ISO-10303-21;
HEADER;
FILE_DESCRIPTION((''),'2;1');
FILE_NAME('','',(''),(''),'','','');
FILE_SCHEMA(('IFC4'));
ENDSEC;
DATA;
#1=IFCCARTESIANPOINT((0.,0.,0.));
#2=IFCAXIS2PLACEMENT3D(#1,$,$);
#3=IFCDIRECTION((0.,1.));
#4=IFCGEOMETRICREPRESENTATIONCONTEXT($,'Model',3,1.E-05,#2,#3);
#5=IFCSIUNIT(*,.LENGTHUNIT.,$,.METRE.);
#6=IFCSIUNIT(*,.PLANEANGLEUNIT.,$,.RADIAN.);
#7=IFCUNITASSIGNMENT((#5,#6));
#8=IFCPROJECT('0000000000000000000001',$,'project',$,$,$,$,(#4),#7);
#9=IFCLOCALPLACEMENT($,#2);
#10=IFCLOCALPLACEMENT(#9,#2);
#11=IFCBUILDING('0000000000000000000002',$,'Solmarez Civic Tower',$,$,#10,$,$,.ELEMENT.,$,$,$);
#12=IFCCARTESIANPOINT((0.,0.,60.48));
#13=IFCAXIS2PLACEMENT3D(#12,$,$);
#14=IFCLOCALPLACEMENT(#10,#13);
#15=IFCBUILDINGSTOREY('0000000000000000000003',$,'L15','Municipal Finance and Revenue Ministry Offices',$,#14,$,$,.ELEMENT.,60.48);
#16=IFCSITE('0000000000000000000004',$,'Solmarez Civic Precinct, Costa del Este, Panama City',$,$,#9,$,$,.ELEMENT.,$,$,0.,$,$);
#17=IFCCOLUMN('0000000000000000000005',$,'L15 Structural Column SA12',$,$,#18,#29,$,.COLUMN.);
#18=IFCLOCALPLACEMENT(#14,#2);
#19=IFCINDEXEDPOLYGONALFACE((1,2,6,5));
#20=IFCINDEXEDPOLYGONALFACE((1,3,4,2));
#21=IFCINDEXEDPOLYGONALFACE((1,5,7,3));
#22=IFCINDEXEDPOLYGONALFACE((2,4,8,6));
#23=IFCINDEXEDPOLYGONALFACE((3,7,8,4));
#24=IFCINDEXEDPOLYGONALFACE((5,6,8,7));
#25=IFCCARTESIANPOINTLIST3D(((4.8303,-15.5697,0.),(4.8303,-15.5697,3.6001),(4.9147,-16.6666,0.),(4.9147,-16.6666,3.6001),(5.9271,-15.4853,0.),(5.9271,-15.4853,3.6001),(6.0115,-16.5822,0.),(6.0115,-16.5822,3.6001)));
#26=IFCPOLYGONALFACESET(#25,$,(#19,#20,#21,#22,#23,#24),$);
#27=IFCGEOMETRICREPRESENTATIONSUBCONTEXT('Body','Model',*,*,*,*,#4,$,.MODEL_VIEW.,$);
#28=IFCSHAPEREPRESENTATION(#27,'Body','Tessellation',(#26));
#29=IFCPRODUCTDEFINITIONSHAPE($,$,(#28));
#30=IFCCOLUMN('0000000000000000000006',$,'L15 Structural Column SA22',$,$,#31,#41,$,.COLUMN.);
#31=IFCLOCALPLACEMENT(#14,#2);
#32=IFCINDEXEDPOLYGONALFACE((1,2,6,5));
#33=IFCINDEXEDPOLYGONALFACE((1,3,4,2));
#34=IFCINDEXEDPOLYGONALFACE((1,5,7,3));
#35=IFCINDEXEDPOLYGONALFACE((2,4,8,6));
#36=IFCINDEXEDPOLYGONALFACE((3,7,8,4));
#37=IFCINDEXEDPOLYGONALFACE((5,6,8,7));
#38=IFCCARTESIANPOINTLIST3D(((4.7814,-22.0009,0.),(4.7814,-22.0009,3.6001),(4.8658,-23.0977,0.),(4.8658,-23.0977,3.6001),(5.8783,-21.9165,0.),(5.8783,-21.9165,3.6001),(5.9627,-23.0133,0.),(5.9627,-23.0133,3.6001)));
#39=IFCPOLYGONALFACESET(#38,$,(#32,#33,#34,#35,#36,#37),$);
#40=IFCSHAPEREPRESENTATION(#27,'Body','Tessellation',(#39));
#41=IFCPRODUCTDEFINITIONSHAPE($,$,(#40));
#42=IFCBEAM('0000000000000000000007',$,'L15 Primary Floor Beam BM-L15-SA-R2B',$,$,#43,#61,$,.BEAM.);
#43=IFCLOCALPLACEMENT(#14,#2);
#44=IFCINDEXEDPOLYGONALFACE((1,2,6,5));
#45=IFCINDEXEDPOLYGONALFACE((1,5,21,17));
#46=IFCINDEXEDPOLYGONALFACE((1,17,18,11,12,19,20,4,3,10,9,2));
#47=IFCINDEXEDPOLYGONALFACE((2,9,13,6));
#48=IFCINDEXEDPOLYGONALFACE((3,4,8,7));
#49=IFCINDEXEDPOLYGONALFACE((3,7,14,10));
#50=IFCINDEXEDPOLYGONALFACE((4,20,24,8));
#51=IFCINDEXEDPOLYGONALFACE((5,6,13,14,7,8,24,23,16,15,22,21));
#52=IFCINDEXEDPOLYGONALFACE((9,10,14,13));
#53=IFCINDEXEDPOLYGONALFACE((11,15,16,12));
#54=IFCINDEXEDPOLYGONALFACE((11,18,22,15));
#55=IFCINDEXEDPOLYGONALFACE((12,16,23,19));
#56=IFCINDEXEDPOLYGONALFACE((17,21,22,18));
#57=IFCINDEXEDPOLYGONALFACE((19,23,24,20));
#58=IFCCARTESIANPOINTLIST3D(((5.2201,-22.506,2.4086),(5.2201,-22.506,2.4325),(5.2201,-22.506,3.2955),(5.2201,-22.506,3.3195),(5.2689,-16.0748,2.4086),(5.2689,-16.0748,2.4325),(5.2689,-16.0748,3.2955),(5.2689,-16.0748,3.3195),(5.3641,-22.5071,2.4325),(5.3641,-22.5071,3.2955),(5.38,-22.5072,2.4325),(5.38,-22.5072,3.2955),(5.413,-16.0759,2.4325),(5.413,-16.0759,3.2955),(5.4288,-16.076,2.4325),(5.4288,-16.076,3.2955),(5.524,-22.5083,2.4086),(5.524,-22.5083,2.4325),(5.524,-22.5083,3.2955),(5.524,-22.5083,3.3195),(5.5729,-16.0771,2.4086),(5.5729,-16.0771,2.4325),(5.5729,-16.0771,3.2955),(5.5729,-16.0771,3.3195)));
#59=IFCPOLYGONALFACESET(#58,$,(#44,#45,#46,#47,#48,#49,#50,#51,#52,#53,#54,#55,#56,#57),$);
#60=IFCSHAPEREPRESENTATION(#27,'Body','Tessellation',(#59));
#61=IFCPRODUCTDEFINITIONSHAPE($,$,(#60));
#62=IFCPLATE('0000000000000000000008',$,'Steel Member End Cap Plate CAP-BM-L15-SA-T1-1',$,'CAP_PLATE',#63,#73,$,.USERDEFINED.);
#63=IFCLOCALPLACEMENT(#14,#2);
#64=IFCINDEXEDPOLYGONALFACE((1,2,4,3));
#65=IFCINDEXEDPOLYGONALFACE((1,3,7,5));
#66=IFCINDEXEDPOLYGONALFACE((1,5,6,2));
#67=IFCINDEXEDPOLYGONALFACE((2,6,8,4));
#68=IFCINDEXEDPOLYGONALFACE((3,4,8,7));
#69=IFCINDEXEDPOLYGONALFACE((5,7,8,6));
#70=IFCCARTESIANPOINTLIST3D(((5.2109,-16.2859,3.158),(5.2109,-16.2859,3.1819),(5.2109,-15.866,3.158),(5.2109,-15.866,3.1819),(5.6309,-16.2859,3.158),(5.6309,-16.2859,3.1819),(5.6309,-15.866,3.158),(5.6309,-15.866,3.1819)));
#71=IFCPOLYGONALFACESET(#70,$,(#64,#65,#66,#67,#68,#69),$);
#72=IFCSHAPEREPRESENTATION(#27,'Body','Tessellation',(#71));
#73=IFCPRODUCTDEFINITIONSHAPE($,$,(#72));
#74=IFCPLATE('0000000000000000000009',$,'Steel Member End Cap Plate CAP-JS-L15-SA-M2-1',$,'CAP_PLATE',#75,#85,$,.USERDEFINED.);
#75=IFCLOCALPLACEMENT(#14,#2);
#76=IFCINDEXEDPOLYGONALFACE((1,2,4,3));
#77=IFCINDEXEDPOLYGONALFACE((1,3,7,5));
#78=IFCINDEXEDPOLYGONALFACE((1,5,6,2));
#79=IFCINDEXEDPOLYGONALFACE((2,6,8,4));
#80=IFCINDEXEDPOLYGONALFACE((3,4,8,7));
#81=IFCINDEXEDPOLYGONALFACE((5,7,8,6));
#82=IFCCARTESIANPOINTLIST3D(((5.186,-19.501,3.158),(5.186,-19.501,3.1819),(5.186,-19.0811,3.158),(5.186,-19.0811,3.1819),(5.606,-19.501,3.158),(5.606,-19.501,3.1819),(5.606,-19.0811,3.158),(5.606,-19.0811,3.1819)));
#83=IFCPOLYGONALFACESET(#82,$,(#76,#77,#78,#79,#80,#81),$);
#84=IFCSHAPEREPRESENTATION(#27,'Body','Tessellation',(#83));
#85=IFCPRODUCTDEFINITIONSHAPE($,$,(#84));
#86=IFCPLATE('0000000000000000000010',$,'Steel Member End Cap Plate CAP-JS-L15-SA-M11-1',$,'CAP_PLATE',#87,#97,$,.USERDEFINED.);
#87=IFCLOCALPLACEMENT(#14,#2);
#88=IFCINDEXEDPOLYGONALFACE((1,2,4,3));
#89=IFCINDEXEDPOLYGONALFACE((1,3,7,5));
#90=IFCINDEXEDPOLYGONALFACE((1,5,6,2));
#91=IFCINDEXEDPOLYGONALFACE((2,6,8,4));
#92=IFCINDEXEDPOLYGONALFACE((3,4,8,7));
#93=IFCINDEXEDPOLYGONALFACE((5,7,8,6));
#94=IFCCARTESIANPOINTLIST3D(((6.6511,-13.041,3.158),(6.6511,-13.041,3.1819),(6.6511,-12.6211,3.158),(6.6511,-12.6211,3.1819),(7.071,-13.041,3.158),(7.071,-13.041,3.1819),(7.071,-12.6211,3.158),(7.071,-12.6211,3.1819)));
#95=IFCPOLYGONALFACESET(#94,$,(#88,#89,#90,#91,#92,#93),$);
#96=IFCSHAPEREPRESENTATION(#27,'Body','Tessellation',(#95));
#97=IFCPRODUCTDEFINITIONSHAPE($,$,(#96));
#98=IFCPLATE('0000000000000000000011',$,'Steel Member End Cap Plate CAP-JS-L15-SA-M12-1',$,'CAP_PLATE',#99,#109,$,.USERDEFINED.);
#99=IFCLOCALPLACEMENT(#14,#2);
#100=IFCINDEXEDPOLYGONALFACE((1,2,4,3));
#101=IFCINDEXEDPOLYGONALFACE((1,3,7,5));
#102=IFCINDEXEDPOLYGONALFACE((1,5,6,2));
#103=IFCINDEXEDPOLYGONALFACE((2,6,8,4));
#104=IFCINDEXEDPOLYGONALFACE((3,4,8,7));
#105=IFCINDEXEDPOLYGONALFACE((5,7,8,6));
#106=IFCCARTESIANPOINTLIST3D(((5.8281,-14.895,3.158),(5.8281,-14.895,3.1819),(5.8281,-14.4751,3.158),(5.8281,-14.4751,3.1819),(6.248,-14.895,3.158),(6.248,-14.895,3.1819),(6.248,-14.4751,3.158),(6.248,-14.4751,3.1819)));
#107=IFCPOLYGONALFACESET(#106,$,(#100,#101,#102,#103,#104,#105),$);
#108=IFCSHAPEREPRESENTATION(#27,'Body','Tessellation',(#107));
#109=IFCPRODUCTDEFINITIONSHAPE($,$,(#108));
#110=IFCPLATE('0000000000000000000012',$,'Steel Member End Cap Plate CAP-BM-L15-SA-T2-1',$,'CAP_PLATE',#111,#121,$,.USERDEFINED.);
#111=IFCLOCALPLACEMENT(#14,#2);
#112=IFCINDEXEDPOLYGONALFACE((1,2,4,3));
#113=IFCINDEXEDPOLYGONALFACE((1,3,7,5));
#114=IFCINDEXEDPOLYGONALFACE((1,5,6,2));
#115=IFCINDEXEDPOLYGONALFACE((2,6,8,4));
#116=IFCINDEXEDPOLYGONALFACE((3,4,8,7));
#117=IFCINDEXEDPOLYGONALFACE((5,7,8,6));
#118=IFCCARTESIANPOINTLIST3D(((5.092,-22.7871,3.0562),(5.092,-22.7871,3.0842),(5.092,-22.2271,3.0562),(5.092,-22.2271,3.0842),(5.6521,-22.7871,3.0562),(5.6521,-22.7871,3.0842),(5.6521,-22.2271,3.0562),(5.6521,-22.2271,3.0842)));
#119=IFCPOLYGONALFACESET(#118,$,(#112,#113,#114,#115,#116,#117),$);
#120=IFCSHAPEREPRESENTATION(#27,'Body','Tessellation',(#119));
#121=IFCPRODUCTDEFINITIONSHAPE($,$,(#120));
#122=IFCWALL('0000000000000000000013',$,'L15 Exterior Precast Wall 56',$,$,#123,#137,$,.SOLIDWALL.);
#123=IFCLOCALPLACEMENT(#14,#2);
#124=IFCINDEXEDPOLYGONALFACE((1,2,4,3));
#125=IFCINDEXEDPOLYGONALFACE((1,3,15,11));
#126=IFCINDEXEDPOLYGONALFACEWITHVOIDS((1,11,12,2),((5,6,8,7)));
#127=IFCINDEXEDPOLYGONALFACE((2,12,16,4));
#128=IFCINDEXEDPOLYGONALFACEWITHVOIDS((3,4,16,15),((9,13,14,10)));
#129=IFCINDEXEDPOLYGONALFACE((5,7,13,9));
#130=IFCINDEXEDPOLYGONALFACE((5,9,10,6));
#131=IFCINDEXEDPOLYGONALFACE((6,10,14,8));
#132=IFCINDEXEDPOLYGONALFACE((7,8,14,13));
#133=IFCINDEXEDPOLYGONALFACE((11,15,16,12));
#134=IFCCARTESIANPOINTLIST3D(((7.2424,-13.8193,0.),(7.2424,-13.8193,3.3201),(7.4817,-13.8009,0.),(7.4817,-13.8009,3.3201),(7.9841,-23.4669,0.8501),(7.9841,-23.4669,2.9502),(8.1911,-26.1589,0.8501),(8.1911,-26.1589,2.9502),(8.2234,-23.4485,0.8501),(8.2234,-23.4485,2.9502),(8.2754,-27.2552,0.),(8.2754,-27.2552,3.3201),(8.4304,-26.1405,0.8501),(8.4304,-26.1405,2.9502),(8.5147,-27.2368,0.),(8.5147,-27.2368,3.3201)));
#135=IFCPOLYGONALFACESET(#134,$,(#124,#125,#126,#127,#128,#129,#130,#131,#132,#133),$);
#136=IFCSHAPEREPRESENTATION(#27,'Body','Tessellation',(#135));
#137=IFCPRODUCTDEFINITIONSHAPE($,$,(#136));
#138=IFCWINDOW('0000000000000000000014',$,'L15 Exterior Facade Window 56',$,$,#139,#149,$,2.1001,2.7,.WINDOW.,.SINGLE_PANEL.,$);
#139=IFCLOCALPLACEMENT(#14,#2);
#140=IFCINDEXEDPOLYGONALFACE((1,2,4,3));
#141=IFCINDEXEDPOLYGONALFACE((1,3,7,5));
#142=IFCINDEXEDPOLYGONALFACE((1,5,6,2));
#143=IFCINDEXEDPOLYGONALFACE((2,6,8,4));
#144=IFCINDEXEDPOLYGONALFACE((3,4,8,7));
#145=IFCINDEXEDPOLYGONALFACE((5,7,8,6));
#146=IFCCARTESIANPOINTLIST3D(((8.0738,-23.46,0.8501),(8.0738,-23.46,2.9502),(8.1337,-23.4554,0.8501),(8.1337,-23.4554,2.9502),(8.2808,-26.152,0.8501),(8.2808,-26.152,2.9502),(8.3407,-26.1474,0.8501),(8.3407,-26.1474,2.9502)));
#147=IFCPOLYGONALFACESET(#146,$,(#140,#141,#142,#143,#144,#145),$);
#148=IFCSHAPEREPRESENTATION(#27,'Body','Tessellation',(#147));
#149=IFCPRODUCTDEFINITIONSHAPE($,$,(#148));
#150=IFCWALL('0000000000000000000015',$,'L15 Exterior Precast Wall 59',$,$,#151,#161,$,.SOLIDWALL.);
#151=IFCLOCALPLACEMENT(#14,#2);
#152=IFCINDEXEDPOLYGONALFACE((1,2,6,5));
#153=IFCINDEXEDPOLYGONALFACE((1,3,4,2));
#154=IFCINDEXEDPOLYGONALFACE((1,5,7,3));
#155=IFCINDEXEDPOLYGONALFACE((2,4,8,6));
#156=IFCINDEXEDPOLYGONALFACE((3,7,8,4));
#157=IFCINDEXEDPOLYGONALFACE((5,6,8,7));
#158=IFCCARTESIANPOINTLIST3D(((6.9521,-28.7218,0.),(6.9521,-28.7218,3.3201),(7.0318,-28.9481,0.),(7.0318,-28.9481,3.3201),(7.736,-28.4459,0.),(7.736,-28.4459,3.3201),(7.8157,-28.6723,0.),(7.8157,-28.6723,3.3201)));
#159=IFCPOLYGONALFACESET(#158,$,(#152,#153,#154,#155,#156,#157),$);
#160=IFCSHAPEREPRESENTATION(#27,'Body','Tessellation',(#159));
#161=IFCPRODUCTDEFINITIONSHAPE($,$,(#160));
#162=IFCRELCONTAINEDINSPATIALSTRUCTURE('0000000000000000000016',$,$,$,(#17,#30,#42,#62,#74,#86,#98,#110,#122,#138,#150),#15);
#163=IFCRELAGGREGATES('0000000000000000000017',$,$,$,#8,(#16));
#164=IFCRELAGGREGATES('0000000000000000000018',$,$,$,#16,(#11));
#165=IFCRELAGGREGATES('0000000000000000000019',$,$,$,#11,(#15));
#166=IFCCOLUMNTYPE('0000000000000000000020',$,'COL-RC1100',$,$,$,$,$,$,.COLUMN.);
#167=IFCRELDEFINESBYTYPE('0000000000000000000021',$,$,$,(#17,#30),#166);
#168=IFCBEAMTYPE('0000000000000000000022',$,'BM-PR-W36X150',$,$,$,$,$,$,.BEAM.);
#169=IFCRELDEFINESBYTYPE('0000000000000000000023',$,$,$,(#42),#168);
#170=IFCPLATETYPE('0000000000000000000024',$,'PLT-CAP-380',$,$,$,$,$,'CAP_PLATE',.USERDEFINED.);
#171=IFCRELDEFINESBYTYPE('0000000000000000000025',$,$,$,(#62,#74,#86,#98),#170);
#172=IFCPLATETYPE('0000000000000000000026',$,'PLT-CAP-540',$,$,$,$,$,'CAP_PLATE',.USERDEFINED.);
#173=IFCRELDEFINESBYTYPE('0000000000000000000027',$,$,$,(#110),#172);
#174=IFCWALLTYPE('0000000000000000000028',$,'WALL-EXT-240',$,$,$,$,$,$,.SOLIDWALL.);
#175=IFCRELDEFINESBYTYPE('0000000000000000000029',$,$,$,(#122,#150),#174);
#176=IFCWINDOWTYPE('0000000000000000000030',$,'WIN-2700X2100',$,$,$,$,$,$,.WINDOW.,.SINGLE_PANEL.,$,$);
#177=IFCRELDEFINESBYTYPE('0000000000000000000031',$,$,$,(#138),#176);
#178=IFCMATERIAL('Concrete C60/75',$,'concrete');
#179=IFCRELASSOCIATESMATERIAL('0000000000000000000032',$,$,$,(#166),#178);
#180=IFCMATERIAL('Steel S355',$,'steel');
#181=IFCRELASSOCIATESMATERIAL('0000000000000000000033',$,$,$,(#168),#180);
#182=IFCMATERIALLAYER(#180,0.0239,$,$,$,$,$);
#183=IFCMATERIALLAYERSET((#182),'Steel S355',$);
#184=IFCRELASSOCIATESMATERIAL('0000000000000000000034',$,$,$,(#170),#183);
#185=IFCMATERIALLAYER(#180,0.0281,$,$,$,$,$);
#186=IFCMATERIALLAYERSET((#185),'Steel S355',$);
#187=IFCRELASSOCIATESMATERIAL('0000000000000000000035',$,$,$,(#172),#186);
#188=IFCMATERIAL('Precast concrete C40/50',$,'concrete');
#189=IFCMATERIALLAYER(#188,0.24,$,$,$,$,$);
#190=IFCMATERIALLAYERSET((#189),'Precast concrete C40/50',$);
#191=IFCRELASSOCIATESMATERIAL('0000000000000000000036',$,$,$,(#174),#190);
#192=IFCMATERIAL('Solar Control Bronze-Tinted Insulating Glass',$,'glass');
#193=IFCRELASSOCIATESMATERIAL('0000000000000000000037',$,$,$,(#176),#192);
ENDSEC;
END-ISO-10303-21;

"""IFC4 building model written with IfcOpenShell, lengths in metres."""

from ifc_helpers import new_model, si_unit, direction, frame, frame_2d, origin, origin_2d, place, context, subcontext, project, spatial, rectangle, i_section, extrude, material, layer, layer_set, material_profile, profile_set, type_object, element, fill, save


model = new_model("IFC4")

# Units and contexts
model_context = context("Model", 3, precision=1e-05, world=origin(), true_north=direction((0.0, 1.0)))
body_context = subcontext(model_context, "Body", "Model", "MODEL_VIEW")
ifc_project = project(units=[si_unit("LENGTHUNIT", "METRE"), si_unit("PLANEANGLEUNIT", "RADIAN")], contexts=[model_context])

# Site, building, storey
site_placement = place(None, origin())
site = spatial("IfcSite", under=ifc_project, at=site_placement, Name="Solmarez Civic Precinct, Costa del Este, Panama City", CompositionType="ELEMENT", RefElevation=0.0)
building_placement = place(site_placement, origin())
building = spatial("IfcBuilding", under=site, at=building_placement, Name="Solmarez Civic Tower", CompositionType="ELEMENT")
storey_placement = place(building_placement, frame((0.0, 0.0, 60.48)))
storey = spatial("IfcBuildingStorey", under=building, at=storey_placement, Name="L15", Description="Municipal Finance and Revenue Ministry Offices", CompositionType="ELEMENT", Elevation=60.48)

# Columns
ifc_material_1 = material(Name="Concrete C60/75", Category="concrete")
ifc_material_profile_1 = material_profile(ifc_material_1, rectangle(XDim=1.1001, YDim=1.1001, at=origin_2d()), Name="RC1100X1100")
ifc_profile_set_1 = profile_set([ifc_material_profile_1], Name="Concrete C60/75")
column_type = type_object("IfcColumnType", Name="COL-RC1100", PredefinedType="COLUMN", material=ifc_profile_set_1)
for number, where, z_axis, x_axis, name in (
    (1, (5.4209, -16.0759, 0.0), (0.0, 0.0, 1.0), (0.997053, 0.076719, 0.0), "L15 Structural Column SA12"),
    (2, (5.3721, -22.5071, 0.0), (0.0, 0.0, 1.0), (0.997053, 0.076719, 0.0), "L15 Structural Column SA22"),
):
    element("IfcColumn", number, at=place(storey_placement, frame(where, z_axis=z_axis, x_axis=x_axis)), inside=storey, type_object=column_type, Name=name, PredefinedType="COLUMN", context=body_context, shape_type="SweptSolid", body=[
        extrude(rectangle(XDim=1.1001, YDim=1.1001, at=origin_2d()), origin(), (0.0, 0.0, 1.0), 3.6001),
    ])

# Beam
ifc_material_2 = material(Name="Steel S355", Category="steel")
ifc_material_profile_2 = material_profile(ifc_material_2, i_section(OverallWidth=0.304, OverallDepth=0.9109, WebThickness=0.0159, FlangeThickness=0.0239, at=origin_2d()), Name="W36X150")
ifc_profile_set_2 = profile_set([ifc_material_profile_2], Name="Steel S355")
beam_type = type_object("IfcBeamType", Name="BM-PR-W36X150", PredefinedType="BEAM", material=ifc_profile_set_2)
beam_placement = place(storey_placement, frame((5.4209, -16.0759, 2.864), z_axis=(-0.007592, -0.999971, 0.0), x_axis=(0.999971, -0.007592, 0.0)))
element("IfcBeam", 3, at=beam_placement, inside=storey, type_object=beam_type, Name="L15 Primary Floor Beam BM-L15-SA-R2B", PredefinedType="BEAM", context=body_context, shape_type="SweptSolid", body=[
    extrude(i_section(OverallWidth=0.304, OverallDepth=0.9109, WebThickness=0.0159, FlangeThickness=0.0239, at=origin_2d()), origin(), (0.0, 0.0, 1.0), 6.4314),
])

# Plates
ifc_layer_1 = layer(ifc_material_2, 0.0239)
ifc_layer_set_1 = layer_set([ifc_layer_1], Name="Steel S355")
plate_type_1 = type_object("IfcPlateType", Name="PLT-CAP-380", ElementType="CAP_PLATE", PredefinedType="USERDEFINED", material=ifc_layer_set_1)
for number, where, z_axis, x_axis, name in (
    (4, (5.4209, -16.0759, 3.158), (0.0, 0.0, 1.0), (1.0, 0.0, 0.0), "Steel Member End Cap Plate CAP-BM-L15-SA-T1-1"),
    (5, (5.396, -19.291, 3.158), (0.0, 0.0, 1.0), (1.0, 0.0, 0.0), "Steel Member End Cap Plate CAP-JS-L15-SA-M2-1"),
    (6, (6.8611, -12.8311, 3.158), (0.0, 0.0, 1.0), (1.0, 0.0, 0.0), "Steel Member End Cap Plate CAP-JS-L15-SA-M11-1"),
    (7, (6.0381, -14.6851, 3.158), (0.0, 0.0, 1.0), (1.0, 0.0, 0.0), "Steel Member End Cap Plate CAP-JS-L15-SA-M12-1"),
):
    element("IfcPlate", number, at=place(storey_placement, frame(where, z_axis=z_axis, x_axis=x_axis)), inside=storey, type_object=plate_type_1, Name=name, ObjectType="CAP_PLATE", PredefinedType="USERDEFINED", context=body_context, shape_type="SweptSolid", body=[
        extrude(rectangle(XDim=0.4199, YDim=0.4199, at=origin_2d()), origin(), (0.0, 0.0, 1.0), 0.0239),
    ])
ifc_layer_2 = layer(ifc_material_2, 0.0281)
ifc_layer_set_2 = layer_set([ifc_layer_2], Name="Steel S355")
plate_type_2 = type_object("IfcPlateType", Name="PLT-CAP-540", ElementType="CAP_PLATE", PredefinedType="USERDEFINED", material=ifc_layer_set_2)
plate_placement = place(storey_placement, frame((5.3721, -22.5071, 3.0562), z_axis=(0.0, 0.0, 1.0), x_axis=(1.0, 0.0, 0.0)))
element("IfcPlate", 8, at=plate_placement, inside=storey, type_object=plate_type_2, Name="Steel Member End Cap Plate CAP-BM-L15-SA-T2-1", ObjectType="CAP_PLATE", PredefinedType="USERDEFINED", context=body_context, shape_type="SweptSolid", body=[
    extrude(rectangle(XDim=0.5601, YDim=0.5601, at=origin_2d()), origin(), (0.0, 0.0, 1.0), 0.0281),
])

# Wall, opening, window
ifc_material_3 = material(Name="Precast concrete C40/50", Category="concrete")
ifc_layer_3 = layer(ifc_material_3, 0.24)
ifc_layer_set_3 = layer_set([ifc_layer_3], Name="Precast concrete C40/50")
wall_type_1 = type_object("IfcWallType", Name="WALL-EXT-240", PredefinedType="SOLIDWALL", material=ifc_layer_set_3)
wall_1_placement = place(storey_placement, frame((7.3621, -13.8101, 0.0), z_axis=(0.0, 0.0, 1.0), x_axis=(0.076654, -0.997058, 0.0)))
wall_1 = element("IfcWall", 9, at=wall_1_placement, inside=storey, type_object=wall_type_1, Name="L15 Exterior Precast Wall 56", PredefinedType="SOLIDWALL", context=body_context, shape_type="SweptSolid", body=[
    extrude(rectangle(XDim=13.4756, YDim=0.24, at=frame_2d((6.7378, 0.0))), origin(), (0.0, 0.0, 1.0), 3.3201),
])
opening_1_placement = place(wall_1_placement, frame((9.676, 0.0, 0.8501)))
opening_1 = element("IfcOpeningElement", 10, at=opening_1_placement, cuts=wall_1, PredefinedType="OPENING", context=body_context, shape_type="SweptSolid", body=[
    extrude(rectangle(XDim=2.7, YDim=2.1001, at=frame_2d((1.3501, 1.05))), frame((0.0, 0.1299, 0.0), z_axis=(0.0, -1.0, 0.0), x_axis=(1.0, 0.0, 0.0)), (0.0, 0.0, 1.0), 0.26),
])
ifc_material_4 = material(Name="Solar Control Bronze-Tinted Insulating Glass", Category="glass")
window_type_1 = type_object("IfcWindowType", Name="WIN-2700X2100", PartitioningType="SINGLE_PANEL", PredefinedType="WINDOW", material=ifc_material_4)
window_1_placement = place(opening_1_placement, origin())
window_1 = element("IfcWindow", 11, at=window_1_placement, inside=storey, type_object=window_type_1, Name="L15 Exterior Facade Window 56", OverallHeight=2.1001, OverallWidth=2.7, PartitioningType="SINGLE_PANEL", PredefinedType="WINDOW", context=body_context, shape_type="SweptSolid", body=[
    extrude(rectangle(XDim=2.7, YDim=2.1001, at=frame_2d((1.3501, 1.05))), frame((0.0, 0.03, 0.0), z_axis=(0.0, -1.0, 0.0), x_axis=(1.0, 0.0, 0.0)), (0.0, 0.0, 1.0), 0.0601),
])
fill(opening_1, window_1)

# Wall
wall_2_placement = place(storey_placement, frame((7.7759, -28.5591, 0.0), z_axis=(0.0, 0.0, 1.0), x_axis=(-0.943294, -0.331959, 0.0)))
element("IfcWall", 12, at=wall_2_placement, inside=storey, type_object=wall_type_1, Name="L15 Exterior Precast Wall 59", PredefinedType="SOLIDWALL", context=body_context, shape_type="SweptSolid", body=[
    extrude(rectangle(XDim=0.8311, YDim=0.24, at=frame_2d((0.4155, 0.0))), origin(), (0.0, 0.0, 1.0), 3.3201),
])

save(model, "model.ifc")
